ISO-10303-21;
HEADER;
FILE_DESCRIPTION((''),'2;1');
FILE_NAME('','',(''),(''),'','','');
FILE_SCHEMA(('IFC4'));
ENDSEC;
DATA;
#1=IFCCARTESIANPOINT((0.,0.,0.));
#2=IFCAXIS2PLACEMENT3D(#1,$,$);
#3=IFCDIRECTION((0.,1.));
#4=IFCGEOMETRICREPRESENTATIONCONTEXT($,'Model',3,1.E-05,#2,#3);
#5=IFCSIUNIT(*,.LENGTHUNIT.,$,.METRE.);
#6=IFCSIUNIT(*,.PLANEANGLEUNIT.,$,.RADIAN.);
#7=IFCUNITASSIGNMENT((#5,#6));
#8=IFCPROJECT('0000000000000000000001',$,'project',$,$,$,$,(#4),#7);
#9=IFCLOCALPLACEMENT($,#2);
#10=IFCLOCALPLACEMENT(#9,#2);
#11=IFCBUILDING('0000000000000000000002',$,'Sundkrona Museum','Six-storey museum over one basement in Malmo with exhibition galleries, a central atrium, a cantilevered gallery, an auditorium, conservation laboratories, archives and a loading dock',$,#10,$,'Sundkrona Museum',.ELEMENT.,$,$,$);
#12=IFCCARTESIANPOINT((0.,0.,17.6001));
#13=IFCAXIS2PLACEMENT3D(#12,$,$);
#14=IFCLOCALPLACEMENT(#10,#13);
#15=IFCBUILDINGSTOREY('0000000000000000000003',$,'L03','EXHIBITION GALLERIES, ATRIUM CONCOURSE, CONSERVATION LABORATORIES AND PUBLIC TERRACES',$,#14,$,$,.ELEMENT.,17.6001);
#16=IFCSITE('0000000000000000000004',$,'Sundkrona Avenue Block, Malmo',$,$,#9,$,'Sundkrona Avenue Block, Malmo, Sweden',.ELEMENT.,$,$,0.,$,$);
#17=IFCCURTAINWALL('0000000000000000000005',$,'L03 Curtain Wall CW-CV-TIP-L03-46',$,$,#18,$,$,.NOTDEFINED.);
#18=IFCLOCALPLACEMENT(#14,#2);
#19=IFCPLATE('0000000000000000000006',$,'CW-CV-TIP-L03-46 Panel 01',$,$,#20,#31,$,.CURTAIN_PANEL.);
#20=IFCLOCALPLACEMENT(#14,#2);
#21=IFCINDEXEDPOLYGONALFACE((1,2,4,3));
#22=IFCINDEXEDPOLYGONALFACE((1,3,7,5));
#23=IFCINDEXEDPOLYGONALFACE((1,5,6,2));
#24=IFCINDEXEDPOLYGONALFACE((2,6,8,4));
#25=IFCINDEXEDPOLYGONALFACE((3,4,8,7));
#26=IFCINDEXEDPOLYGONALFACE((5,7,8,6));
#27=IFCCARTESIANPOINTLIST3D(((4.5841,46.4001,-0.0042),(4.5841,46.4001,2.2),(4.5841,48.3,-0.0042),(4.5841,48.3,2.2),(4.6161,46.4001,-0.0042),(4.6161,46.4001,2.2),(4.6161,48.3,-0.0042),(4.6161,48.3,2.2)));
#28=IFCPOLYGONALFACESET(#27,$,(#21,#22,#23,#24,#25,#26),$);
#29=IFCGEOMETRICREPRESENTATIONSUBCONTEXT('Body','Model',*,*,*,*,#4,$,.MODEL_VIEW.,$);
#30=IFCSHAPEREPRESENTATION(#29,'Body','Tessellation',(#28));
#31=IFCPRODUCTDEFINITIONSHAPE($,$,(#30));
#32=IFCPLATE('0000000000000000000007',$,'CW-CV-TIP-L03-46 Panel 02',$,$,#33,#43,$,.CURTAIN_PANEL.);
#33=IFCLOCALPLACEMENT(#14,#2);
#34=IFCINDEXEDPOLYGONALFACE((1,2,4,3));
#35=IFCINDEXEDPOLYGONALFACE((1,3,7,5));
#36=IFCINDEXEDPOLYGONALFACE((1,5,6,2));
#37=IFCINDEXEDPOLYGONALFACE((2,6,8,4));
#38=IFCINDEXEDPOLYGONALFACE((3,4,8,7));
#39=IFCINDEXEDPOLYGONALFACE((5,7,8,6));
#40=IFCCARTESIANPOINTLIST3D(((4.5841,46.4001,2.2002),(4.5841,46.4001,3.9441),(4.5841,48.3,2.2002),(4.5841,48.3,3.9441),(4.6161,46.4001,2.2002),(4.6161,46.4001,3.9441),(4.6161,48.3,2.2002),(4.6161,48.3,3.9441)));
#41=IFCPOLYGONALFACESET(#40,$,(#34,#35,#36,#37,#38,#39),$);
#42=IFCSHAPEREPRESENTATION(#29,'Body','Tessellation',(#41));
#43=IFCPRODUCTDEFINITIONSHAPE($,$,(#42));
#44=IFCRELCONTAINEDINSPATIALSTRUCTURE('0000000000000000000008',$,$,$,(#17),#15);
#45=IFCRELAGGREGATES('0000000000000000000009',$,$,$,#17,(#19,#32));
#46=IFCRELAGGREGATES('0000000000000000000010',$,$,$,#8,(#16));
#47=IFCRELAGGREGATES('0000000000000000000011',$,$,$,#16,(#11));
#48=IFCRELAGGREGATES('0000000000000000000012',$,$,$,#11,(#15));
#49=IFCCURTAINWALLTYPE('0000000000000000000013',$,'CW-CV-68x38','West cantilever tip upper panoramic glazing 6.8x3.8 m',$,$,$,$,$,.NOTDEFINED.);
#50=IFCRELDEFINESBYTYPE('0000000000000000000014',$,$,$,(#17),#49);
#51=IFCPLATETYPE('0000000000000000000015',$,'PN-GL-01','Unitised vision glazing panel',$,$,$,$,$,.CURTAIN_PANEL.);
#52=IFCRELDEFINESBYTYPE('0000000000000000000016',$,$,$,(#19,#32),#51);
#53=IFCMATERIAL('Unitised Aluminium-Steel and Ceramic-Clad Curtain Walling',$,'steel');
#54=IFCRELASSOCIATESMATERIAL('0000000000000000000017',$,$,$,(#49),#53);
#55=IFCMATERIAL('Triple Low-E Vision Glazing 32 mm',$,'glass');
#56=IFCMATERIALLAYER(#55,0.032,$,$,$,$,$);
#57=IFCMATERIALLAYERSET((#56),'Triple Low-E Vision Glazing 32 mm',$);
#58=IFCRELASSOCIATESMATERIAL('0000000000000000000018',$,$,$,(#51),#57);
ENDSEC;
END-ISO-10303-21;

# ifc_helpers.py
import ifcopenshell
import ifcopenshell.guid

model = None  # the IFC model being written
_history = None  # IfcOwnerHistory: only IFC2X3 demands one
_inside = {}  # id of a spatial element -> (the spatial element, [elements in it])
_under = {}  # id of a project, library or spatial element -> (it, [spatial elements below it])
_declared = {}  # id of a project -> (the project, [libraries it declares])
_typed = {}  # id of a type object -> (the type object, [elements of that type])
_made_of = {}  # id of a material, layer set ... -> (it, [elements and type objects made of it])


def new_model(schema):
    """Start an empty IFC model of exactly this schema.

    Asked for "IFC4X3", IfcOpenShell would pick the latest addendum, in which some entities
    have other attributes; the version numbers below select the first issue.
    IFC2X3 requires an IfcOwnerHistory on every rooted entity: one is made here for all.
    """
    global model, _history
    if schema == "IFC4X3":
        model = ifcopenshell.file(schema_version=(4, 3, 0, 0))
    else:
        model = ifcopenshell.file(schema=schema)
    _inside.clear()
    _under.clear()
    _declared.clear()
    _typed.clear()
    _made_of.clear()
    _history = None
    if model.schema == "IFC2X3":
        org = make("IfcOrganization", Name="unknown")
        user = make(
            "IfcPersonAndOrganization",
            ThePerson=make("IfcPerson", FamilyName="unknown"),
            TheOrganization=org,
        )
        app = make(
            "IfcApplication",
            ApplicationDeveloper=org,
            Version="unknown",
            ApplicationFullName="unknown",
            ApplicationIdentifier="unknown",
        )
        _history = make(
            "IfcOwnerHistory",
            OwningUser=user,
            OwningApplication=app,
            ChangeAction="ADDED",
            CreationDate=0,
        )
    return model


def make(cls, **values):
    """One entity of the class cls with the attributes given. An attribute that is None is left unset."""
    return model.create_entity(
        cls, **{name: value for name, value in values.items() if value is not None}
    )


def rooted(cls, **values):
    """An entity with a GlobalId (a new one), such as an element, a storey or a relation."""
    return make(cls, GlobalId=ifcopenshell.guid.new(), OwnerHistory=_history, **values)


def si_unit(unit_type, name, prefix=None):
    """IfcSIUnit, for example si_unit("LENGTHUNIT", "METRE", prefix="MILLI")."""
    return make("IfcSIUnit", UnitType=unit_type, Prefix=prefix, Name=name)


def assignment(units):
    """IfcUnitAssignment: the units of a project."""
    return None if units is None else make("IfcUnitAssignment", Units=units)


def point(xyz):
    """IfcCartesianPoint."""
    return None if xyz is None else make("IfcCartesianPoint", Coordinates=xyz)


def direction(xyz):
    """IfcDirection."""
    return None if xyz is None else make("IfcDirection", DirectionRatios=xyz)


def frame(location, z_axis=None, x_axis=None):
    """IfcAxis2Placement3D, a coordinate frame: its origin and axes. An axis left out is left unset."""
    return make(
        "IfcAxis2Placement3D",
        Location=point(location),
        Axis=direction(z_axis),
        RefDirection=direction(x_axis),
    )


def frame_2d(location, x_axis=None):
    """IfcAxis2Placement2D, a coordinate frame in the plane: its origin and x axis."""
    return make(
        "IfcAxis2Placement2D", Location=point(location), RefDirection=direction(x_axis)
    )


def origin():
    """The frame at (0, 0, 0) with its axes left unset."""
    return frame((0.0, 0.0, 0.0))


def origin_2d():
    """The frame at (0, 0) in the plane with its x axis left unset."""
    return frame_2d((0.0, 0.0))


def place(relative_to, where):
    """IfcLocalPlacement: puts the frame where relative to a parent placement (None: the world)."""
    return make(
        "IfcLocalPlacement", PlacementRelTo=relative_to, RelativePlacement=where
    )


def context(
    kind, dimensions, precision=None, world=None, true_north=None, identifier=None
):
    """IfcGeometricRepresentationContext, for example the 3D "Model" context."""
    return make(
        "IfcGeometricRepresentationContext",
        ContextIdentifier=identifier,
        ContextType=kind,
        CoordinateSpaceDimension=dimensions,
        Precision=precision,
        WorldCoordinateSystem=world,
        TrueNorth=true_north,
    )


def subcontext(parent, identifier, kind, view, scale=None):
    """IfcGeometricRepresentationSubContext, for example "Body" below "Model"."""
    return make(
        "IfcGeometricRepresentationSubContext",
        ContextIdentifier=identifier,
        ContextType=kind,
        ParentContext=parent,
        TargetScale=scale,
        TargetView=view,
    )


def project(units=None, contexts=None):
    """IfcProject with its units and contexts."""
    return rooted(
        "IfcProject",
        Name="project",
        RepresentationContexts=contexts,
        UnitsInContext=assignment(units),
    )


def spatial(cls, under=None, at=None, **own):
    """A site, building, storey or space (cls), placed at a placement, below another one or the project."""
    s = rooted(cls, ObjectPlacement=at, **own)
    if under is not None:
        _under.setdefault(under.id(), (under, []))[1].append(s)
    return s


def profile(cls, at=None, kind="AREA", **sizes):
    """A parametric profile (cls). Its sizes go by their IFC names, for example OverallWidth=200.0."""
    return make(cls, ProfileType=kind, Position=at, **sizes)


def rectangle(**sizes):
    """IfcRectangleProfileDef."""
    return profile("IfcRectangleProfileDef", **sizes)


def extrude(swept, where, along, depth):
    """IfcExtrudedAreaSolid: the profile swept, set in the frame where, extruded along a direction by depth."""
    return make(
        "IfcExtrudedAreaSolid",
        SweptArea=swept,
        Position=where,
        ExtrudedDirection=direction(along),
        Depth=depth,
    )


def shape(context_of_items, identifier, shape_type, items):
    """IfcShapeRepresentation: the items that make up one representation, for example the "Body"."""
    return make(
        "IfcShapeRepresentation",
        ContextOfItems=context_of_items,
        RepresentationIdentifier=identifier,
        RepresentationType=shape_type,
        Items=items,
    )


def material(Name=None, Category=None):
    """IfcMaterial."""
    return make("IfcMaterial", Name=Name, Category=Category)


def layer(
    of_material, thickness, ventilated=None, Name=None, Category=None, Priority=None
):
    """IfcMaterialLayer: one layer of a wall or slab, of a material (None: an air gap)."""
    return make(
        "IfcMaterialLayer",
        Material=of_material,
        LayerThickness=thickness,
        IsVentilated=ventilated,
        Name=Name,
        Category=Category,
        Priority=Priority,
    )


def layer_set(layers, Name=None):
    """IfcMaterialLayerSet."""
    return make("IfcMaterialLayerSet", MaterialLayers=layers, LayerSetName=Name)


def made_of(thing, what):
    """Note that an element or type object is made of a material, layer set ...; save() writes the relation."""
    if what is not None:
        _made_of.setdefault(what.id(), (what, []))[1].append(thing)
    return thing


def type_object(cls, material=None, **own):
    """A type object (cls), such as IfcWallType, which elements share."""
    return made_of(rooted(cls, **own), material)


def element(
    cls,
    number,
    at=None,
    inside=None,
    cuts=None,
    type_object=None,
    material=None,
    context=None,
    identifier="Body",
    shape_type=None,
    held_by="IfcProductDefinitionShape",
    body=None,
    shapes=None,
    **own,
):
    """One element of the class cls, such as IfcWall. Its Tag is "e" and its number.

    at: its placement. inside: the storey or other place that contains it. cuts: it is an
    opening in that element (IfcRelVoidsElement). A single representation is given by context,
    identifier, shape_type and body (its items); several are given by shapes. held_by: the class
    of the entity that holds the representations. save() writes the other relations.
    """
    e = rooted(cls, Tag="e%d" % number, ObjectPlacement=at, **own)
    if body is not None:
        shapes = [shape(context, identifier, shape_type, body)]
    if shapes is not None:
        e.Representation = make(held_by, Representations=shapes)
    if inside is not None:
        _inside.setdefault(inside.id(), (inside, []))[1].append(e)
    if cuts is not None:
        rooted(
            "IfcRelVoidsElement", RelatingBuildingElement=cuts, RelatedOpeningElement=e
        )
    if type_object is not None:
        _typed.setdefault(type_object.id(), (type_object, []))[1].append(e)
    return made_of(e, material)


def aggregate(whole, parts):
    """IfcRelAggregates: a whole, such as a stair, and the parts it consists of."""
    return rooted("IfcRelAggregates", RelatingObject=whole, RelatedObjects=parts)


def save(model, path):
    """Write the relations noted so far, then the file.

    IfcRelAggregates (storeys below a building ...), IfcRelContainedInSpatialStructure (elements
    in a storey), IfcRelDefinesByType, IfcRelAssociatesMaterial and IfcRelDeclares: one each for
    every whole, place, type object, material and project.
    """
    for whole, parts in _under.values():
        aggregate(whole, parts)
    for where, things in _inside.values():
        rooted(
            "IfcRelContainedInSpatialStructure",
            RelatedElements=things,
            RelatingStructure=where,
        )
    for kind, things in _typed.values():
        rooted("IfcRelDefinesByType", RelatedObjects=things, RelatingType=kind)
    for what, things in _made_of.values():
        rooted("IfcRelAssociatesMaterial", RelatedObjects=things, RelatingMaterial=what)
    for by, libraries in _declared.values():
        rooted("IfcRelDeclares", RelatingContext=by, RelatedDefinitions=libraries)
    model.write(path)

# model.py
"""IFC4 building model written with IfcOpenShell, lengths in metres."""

from ifc_helpers import new_model, si_unit, direction, frame, origin, origin_2d, place, context, subcontext, project, spatial, rectangle, extrude, material, layer, layer_set, type_object, element, aggregate, save


model = new_model("IFC4")

# Units and contexts
model_context = context("Model", 3, precision=1e-05, world=origin(), true_north=direction((0.0, 1.0)))
body_context = subcontext(model_context, "Body", "Model", "MODEL_VIEW")
ifc_project = project(units=[si_unit("LENGTHUNIT", "METRE"), si_unit("PLANEANGLEUNIT", "RADIAN")], contexts=[model_context])

# Site, building, storey
site_placement = place(None, origin())
site = spatial("IfcSite", under=ifc_project, at=site_placement, Name="Sundkrona Avenue Block, Malmo", LongName="Sundkrona Avenue Block, Malmo, Sweden", CompositionType="ELEMENT", RefElevation=0.0)
building_placement = place(site_placement, origin())
building = spatial("IfcBuilding", under=site, at=building_placement, Name="Sundkrona Museum", Description="Six-storey museum over one basement in Malmo with exhibition galleries, a central atrium, a cantilevered gallery, an auditorium, conservation laboratories, archives and a loading dock", LongName="Sundkrona Museum", CompositionType="ELEMENT")
storey_placement = place(building_placement, frame((0.0, 0.0, 17.6001)))
storey = spatial("IfcBuildingStorey", under=building, at=storey_placement, Name="L03", Description="EXHIBITION GALLERIES, ATRIUM CONCOURSE, CONSERVATION LABORATORIES AND PUBLIC TERRACES", CompositionType="ELEMENT", Elevation=17.6001)

# Curtain wall
ifc_material_1 = material(Name="Unitised Aluminium-Steel and Ceramic-Clad Curtain Walling", Category="steel")
curtain_wall_type = type_object("IfcCurtainWallType", Name="CW-CV-68x38", Description="West cantilever tip upper panoramic glazing 6.8x3.8 m", PredefinedType="NOTDEFINED", material=ifc_material_1)
curtain_wall_1_placement = place(storey_placement, origin())
curtain_wall_1 = element("IfcCurtainWall", 1, at=curtain_wall_1_placement, inside=storey, type_object=curtain_wall_type, Name="L03 Curtain Wall CW-CV-TIP-L03-46", PredefinedType="NOTDEFINED")

# Plates
ifc_material_2 = material(Name="Triple Low-E Vision Glazing 32 mm", Category="glass")
ifc_layer = layer(ifc_material_2, 0.032)
ifc_layer_set = layer_set([ifc_layer], Name="Triple Low-E Vision Glazing 32 mm")
plate_type = type_object("IfcPlateType", Name="PN-GL-01", Description="Unitised vision glazing panel", PredefinedType="CURTAIN_PANEL", material=ifc_layer_set)
plate_1_placement = place(storey_placement, frame((4.6001, 47.3501, -0.0042), z_axis=(0.0, 0.0, 1.0), x_axis=(0.0, 1.0, 0.0)))
plate_1 = element("IfcPlate", 2, at=plate_1_placement, type_object=plate_type, Name="CW-CV-TIP-L03-46 Panel 01", PredefinedType="CURTAIN_PANEL", context=body_context, shape_type="SweptSolid", body=[
    extrude(rectangle(XDim=1.8999, YDim=0.032, at=origin_2d()), origin(), (0.0, 0.0, 1.0), 2.2041),
])
plate_2_placement = place(storey_placement, frame((4.6001, 47.3501, 2.2002), z_axis=(0.0, 0.0, 1.0), x_axis=(0.0, 1.0, 0.0)))
plate_2 = element("IfcPlate", 3, at=plate_2_placement, type_object=plate_type, Name="CW-CV-TIP-L03-46 Panel 02", PredefinedType="CURTAIN_PANEL", context=body_context, shape_type="SweptSolid", body=[
    extrude(rectangle(XDim=1.8999, YDim=0.032, at=origin_2d()), origin(), (0.0, 0.0, 1.0), 1.7439),
])
aggregate(curtain_wall_1, [plate_1, plate_2])

save(model, "model.ifc")
